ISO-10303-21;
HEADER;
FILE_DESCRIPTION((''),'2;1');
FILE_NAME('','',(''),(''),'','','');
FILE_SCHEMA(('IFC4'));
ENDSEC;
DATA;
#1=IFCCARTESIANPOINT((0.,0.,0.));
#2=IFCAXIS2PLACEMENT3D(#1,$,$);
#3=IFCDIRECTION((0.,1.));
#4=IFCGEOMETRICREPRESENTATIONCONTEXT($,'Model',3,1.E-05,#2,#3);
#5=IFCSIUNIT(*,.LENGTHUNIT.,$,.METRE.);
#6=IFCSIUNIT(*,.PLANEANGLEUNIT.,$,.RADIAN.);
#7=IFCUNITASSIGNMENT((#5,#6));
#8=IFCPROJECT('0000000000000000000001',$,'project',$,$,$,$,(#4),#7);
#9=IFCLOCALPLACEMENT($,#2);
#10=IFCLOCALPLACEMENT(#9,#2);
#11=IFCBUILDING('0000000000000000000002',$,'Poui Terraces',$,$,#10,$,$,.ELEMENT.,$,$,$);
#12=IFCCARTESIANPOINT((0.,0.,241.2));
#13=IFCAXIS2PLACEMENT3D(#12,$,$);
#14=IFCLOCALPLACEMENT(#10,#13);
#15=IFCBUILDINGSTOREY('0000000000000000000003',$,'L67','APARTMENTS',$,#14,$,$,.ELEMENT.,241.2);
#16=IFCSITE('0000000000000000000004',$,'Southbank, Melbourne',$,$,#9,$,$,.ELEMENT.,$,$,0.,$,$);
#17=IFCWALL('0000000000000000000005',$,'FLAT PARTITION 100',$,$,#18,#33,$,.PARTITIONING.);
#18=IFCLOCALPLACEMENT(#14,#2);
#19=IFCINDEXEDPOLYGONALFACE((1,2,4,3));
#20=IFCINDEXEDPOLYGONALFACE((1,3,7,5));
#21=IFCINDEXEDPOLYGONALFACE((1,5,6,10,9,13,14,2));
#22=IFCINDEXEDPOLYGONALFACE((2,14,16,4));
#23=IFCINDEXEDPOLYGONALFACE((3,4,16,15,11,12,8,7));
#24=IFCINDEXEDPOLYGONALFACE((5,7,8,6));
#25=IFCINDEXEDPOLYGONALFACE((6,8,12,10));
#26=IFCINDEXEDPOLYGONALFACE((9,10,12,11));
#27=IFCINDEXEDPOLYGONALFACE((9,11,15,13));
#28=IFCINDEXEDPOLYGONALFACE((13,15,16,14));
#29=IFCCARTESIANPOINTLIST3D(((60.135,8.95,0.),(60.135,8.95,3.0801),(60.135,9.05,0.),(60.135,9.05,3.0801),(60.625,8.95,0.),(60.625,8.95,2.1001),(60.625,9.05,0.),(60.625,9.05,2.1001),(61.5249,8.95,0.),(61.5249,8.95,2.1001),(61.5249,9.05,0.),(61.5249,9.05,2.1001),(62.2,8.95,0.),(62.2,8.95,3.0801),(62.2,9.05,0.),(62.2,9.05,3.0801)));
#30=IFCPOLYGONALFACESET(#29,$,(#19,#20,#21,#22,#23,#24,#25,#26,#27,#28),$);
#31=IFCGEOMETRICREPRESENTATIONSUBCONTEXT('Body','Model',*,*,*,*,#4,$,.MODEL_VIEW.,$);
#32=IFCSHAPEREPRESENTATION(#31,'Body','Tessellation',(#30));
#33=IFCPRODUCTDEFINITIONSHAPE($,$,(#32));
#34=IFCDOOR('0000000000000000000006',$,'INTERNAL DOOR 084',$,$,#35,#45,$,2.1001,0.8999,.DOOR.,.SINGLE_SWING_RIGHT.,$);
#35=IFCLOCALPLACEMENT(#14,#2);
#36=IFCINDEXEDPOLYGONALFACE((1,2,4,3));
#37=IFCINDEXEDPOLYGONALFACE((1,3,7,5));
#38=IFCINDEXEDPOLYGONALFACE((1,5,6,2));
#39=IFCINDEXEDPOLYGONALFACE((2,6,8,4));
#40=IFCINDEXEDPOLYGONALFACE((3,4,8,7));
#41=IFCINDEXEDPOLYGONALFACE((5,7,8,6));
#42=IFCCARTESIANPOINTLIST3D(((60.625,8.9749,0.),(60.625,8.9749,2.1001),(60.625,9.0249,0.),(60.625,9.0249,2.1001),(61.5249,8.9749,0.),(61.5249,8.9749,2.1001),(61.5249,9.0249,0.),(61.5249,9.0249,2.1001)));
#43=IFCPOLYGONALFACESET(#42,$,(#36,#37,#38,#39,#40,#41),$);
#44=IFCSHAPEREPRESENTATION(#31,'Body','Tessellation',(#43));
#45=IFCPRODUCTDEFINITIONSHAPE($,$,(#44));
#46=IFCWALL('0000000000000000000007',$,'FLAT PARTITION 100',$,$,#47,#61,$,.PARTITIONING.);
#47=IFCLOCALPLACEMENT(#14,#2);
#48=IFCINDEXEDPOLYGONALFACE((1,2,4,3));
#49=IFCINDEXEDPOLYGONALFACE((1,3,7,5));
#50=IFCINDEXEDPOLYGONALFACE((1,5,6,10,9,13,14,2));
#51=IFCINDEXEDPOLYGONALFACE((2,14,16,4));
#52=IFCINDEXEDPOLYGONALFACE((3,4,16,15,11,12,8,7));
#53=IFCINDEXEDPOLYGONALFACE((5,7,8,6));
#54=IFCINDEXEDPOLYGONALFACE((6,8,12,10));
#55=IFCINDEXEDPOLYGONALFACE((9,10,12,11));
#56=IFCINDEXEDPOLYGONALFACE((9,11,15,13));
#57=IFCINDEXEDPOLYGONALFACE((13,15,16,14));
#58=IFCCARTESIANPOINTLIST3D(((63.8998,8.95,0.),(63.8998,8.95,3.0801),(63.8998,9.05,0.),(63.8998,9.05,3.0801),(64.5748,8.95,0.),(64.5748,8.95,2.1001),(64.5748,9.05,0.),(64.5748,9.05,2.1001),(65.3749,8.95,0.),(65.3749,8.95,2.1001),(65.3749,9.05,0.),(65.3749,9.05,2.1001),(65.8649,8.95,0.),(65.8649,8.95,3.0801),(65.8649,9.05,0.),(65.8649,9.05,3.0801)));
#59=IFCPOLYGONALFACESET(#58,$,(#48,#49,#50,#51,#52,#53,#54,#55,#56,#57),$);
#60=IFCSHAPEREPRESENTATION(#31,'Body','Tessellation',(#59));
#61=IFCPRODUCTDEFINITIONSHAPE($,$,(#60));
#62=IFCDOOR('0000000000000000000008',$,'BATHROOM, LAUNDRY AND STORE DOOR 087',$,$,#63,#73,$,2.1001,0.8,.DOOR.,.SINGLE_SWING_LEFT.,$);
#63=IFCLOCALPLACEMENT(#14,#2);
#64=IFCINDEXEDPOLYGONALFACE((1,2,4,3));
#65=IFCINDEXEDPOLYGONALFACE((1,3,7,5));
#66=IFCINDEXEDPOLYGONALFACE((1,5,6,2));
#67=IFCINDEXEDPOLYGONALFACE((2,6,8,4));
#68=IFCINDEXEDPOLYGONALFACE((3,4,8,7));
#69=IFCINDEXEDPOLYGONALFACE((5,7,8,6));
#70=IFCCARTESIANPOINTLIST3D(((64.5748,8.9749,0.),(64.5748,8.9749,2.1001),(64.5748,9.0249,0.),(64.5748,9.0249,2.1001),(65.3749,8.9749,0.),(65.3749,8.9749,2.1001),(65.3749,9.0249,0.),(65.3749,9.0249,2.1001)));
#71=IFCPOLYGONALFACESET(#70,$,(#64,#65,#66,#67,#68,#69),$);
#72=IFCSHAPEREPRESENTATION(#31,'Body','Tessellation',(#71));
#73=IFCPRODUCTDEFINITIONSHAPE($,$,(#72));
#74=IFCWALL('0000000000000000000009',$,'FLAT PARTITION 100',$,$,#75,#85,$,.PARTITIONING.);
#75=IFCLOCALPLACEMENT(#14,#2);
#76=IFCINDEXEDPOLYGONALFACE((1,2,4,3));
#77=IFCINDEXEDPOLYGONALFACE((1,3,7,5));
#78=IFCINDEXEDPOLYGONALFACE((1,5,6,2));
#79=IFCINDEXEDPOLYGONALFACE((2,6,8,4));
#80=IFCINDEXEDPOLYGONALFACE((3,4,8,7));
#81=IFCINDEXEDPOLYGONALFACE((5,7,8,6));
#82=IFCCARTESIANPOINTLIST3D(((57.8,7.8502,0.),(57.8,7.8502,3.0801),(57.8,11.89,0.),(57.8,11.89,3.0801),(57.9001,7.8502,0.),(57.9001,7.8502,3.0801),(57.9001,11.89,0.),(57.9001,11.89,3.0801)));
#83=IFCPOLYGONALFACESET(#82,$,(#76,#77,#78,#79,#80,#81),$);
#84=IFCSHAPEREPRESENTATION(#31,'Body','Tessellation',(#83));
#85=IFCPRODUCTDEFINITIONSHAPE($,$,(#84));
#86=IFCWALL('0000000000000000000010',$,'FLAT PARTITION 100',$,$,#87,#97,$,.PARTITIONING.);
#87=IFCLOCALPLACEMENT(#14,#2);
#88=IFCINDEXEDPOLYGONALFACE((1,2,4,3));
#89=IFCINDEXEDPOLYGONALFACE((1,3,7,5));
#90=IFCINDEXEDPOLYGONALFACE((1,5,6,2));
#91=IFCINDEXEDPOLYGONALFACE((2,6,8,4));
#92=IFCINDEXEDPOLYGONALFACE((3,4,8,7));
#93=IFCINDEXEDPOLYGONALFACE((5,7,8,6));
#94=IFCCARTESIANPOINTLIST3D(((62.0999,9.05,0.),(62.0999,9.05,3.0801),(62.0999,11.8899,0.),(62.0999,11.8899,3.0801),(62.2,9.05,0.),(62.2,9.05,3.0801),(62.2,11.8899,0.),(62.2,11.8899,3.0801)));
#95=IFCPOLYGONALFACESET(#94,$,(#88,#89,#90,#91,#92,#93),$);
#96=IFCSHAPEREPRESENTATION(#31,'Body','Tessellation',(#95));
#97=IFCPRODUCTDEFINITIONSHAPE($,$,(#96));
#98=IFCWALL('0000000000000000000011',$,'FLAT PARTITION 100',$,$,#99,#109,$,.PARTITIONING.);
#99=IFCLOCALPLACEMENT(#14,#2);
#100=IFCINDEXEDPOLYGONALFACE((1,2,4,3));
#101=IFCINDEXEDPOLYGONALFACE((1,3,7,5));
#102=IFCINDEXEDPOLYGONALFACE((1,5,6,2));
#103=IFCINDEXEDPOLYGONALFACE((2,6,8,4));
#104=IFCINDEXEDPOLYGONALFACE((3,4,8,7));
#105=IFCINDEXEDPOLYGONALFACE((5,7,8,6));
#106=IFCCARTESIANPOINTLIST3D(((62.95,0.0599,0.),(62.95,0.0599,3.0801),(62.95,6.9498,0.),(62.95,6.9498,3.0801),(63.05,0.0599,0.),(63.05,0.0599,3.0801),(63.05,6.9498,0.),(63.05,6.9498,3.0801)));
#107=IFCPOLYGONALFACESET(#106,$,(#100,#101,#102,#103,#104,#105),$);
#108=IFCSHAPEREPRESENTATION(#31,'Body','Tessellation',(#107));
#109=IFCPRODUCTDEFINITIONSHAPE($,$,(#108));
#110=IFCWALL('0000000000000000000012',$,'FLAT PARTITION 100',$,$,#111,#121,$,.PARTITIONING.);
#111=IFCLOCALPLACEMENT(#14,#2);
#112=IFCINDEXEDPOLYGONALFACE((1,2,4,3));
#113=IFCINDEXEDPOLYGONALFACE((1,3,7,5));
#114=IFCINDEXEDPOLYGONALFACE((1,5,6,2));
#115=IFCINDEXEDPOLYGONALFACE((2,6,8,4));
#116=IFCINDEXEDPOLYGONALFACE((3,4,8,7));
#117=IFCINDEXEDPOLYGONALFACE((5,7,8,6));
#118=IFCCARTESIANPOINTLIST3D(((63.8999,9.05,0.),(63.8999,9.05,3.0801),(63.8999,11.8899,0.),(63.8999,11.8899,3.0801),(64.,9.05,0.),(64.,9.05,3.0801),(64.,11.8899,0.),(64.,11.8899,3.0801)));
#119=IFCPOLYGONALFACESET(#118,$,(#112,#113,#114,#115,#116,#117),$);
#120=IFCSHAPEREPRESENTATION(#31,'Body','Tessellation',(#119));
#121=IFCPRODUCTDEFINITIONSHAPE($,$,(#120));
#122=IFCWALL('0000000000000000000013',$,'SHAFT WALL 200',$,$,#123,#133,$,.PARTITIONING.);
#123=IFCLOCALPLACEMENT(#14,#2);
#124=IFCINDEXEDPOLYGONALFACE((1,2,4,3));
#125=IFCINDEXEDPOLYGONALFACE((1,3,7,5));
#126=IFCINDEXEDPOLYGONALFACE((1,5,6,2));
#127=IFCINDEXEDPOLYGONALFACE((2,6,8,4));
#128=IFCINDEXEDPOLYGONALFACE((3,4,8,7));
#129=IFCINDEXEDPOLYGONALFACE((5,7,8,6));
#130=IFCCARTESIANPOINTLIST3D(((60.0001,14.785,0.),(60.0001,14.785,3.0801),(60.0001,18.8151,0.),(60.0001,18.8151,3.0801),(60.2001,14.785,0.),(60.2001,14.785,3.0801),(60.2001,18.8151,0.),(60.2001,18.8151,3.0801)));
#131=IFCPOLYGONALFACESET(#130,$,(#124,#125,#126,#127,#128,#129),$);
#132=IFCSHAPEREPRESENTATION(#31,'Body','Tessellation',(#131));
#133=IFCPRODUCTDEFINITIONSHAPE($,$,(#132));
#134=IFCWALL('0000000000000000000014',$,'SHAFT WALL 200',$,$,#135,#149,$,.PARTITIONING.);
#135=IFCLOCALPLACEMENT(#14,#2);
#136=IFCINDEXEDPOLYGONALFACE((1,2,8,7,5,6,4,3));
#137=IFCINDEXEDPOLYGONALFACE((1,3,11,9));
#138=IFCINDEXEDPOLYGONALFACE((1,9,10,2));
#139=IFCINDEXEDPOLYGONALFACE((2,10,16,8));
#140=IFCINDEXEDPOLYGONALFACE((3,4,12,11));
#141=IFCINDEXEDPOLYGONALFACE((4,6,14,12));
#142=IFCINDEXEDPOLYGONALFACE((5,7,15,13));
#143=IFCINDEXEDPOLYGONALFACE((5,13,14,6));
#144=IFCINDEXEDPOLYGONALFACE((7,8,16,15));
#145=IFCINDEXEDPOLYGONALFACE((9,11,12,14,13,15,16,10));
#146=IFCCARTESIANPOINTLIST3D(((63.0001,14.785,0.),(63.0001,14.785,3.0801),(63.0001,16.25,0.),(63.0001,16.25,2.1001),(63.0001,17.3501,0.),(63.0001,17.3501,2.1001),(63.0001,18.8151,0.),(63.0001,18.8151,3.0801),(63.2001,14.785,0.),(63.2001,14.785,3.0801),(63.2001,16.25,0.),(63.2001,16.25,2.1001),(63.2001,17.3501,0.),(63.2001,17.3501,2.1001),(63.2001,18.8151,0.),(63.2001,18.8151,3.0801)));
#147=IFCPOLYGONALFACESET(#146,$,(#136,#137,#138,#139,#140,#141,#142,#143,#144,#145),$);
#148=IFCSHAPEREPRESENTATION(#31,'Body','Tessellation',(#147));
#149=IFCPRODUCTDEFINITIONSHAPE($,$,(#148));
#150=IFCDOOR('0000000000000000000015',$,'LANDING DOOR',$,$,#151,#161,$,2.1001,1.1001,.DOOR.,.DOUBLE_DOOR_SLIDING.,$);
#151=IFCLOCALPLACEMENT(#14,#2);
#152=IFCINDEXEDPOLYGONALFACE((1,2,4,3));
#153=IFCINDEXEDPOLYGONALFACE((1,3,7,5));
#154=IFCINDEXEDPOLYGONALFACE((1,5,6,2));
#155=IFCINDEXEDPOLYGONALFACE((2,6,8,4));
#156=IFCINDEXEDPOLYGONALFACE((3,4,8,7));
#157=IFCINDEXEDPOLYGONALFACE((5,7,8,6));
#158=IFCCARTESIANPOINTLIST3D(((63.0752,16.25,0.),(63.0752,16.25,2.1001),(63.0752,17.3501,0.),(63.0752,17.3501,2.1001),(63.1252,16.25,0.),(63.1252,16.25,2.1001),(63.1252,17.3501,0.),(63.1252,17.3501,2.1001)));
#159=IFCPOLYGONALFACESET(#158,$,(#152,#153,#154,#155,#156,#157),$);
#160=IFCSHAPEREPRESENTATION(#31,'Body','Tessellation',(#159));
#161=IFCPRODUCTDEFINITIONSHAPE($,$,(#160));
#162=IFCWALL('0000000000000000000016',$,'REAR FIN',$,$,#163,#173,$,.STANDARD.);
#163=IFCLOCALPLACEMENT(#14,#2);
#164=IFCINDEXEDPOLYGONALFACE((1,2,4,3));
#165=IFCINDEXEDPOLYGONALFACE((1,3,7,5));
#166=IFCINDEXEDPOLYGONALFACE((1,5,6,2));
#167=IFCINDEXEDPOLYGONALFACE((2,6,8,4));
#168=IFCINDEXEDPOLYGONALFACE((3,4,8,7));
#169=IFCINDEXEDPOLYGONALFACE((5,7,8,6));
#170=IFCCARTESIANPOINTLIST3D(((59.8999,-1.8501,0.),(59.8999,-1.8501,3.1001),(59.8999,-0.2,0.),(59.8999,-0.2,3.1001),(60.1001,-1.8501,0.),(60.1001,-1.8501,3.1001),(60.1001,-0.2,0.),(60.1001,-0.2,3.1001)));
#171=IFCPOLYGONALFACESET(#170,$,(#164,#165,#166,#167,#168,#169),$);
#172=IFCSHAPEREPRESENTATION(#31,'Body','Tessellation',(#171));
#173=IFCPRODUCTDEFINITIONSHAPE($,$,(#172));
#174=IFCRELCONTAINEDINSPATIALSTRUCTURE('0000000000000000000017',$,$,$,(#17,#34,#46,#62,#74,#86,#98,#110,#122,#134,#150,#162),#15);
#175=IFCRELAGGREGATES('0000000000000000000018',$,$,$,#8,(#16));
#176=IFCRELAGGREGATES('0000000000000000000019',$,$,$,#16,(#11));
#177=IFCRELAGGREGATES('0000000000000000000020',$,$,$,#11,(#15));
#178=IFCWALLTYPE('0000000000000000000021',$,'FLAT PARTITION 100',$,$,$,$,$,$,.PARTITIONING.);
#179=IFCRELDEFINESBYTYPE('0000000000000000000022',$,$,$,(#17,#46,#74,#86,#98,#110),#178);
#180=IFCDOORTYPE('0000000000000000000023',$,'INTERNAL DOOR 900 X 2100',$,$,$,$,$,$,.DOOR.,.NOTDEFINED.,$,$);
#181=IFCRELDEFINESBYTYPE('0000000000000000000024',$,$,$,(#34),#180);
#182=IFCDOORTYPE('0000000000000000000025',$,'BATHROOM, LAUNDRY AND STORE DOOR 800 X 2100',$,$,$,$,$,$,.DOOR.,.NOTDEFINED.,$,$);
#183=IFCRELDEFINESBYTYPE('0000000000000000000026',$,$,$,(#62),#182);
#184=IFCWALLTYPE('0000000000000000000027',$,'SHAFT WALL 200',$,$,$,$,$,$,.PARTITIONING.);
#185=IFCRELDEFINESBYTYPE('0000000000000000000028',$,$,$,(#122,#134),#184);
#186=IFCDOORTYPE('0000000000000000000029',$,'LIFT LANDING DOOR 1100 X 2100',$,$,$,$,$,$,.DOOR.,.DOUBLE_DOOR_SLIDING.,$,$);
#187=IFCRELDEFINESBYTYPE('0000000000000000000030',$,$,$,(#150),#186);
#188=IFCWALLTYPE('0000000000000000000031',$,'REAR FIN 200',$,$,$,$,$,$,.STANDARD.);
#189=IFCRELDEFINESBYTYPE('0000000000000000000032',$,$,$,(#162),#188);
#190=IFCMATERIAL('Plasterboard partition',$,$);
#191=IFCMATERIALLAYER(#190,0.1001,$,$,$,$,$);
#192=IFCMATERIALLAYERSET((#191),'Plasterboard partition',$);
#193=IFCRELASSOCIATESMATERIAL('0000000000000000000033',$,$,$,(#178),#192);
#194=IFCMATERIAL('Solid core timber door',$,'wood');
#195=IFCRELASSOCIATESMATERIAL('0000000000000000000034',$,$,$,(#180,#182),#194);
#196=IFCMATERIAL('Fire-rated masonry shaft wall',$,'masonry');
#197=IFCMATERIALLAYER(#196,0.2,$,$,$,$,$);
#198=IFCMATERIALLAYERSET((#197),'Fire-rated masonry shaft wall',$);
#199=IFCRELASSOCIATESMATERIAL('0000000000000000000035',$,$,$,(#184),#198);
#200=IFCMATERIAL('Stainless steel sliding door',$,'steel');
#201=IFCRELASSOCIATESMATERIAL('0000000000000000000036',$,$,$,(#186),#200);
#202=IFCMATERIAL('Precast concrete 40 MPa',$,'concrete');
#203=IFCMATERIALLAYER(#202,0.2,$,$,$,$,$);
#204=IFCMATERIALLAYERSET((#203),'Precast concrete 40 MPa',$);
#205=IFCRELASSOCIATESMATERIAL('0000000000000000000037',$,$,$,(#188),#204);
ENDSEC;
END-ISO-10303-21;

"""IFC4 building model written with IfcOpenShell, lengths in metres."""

from ifc_helpers import new_model, si_unit, direction, frame, frame_2d, origin, place, context, subcontext, project, spatial, polyline, rectangle, outline, extrude, source, transform, mapped, material, layer, layer_set, type_object, element, fill, save


model = new_model("IFC4")

# Units and contexts
model_context = context("Model", 3, precision=1e-05, world=origin(), true_north=direction((0.0, 1.0)))
body_context = subcontext(model_context, "Body", "Model", "MODEL_VIEW")
ifc_project = project(units=[si_unit("LENGTHUNIT", "METRE"), si_unit("PLANEANGLEUNIT", "RADIAN")], contexts=[model_context])

# Site, building, storey
site_placement = place(None, origin())
site = spatial("IfcSite", under=ifc_project, at=site_placement, Name="Southbank, Melbourne", CompositionType="ELEMENT", RefElevation=0.0)
building_placement = place(site_placement, origin())
building = spatial("IfcBuilding", under=site, at=building_placement, Name="Poui Terraces", CompositionType="ELEMENT")
storey_placement = place(building_placement, frame((0.0, 0.0, 241.2)))
storey = spatial("IfcBuildingStorey", under=building, at=storey_placement, Name="L67", Description="APARTMENTS", CompositionType="ELEMENT", Elevation=241.2)

# Shared definitions
ifc_material_1 = material(Name="Precast concrete 40 MPa", Category="concrete")

# Walls, openings, doors
ifc_material_2 = material(Name="Plasterboard partition")
ifc_layer_1 = layer(ifc_material_2, 0.1001)
ifc_layer_set_1 = layer_set([ifc_layer_1], Name="Plasterboard partition")
wall_type_1 = type_object("IfcWallType", Name="FLAT PARTITION 100", PredefinedType="PARTITIONING", material=ifc_layer_set_1)
ifc_material_3 = material(Name="Solid core timber door", Category="wood")
door_type_1 = type_object("IfcDoorType", Name="INTERNAL DOOR 900 X 2100", OperationType="NOTDEFINED", PredefinedType="DOOR", material=ifc_material_3)
wall_1_placement = place(storey_placement, frame((60.135, 9.0, 0.0), z_axis=(0.0, 0.0, 1.0), x_axis=(1.0, 0.0, 0.0)))
wall_1 = element("IfcWall", 1, at=wall_1_placement, inside=storey, type_object=wall_type_1, Name="FLAT PARTITION 100", PredefinedType="PARTITIONING", context=body_context, shape_type="SweptSolid", body=[
    extrude(rectangle(XDim=2.0649, YDim=0.1001, at=frame_2d((1.0325, 0.0))), origin(), (0.0, 0.0, 1.0), 3.0801),
])
opening_1_placement = place(wall_1_placement, frame((0.49, 0.0, 0.0)))
opening_1 = element("IfcOpeningElement", 2, at=opening_1_placement, cuts=wall_1, PredefinedType="OPENING", context=body_context, shape_type="SweptSolid", body=[
    extrude(rectangle(XDim=0.8999, YDim=2.1001, at=frame_2d((0.45, 1.05))), frame((0.0, 0.0601, 0.0), z_axis=(0.0, -1.0, 0.0), x_axis=(1.0, 0.0, 0.0)), (0.0, 0.0, 1.0), 0.1201),
])
door_1_placement = place(opening_1_placement, origin())
door_1 = element("IfcDoor", 3, at=door_1_placement, inside=storey, type_object=door_type_1, Name="INTERNAL DOOR 084", OperationType="SINGLE_SWING_RIGHT", OverallHeight=2.1001, OverallWidth=0.8999, PredefinedType="DOOR", context=body_context, shape_type="SweptSolid", body=[
    extrude(rectangle(XDim=0.8999, YDim=2.1001, at=frame_2d((0.45, 1.05))), frame((0.0, 0.0249, 0.0), z_axis=(0.0, -1.0, 0.0), x_axis=(1.0, 0.0, 0.0)), (0.0, 0.0, 1.0), 0.05),
])
fill(opening_1, door_1)
wall_2_placement = place(storey_placement, frame((63.8999, 9.0, 0.0), z_axis=(0.0, 0.0, 1.0), x_axis=(1.0, 0.0, 0.0)))
wall_2 = element("IfcWall", 4, at=wall_2_placement, inside=storey, type_object=wall_type_1, Name="FLAT PARTITION 100", PredefinedType="PARTITIONING", context=body_context, shape_type="SweptSolid", body=[
    extrude(rectangle(XDim=1.9651, YDim=0.1001, at=frame_2d((0.9824, 0.0))), origin(), (0.0, 0.0, 1.0), 3.0801),
])
opening_2_placement = place(wall_2_placement, frame((0.675, 0.0, 0.0)))
opening_2 = element("IfcOpeningElement", 5, at=opening_2_placement, cuts=wall_2, PredefinedType="OPENING", context=body_context, shape_type="SweptSolid", body=[
    extrude(rectangle(XDim=0.8, YDim=2.1001, at=frame_2d((0.3999, 1.05))), frame((0.0, 0.0601, 0.0), z_axis=(0.0, -1.0, 0.0), x_axis=(1.0, 0.0, 0.0)), (0.0, 0.0, 1.0), 0.1201),
])
door_type_2 = type_object("IfcDoorType", Name="BATHROOM, LAUNDRY AND STORE DOOR 800 X 2100", OperationType="NOTDEFINED", PredefinedType="DOOR", material=ifc_material_3)
door_2_placement = place(opening_2_placement, origin())
door_2 = element("IfcDoor", 6, at=door_2_placement, inside=storey, type_object=door_type_2, Name="BATHROOM, LAUNDRY AND STORE DOOR 087", OperationType="SINGLE_SWING_LEFT", OverallHeight=2.1001, OverallWidth=0.8, PredefinedType="DOOR", context=body_context, shape_type="SweptSolid", body=[
    extrude(rectangle(XDim=0.8, YDim=2.1001, at=frame_2d((0.3999, 1.05))), frame((0.0, 0.0249, 0.0), z_axis=(0.0, -1.0, 0.0), x_axis=(1.0, 0.0, 0.0)), (0.0, 0.0, 1.0), 0.05),
])
fill(opening_2, door_2)

# Walls
wall_3_placement = place(storey_placement, frame((57.8501, 7.8501, 0.0), z_axis=(0.0, 0.0, 1.0), x_axis=(0.0, 1.0, 0.0)))
element("IfcWall", 7, at=wall_3_placement, inside=storey, type_object=wall_type_1, Name="FLAT PARTITION 100", PredefinedType="PARTITIONING", context=body_context, shape_type="SweptSolid", body=[
    extrude(rectangle(XDim=4.0398, YDim=0.1001, at=frame_2d((2.02, 0.0))), origin(), (0.0, 0.0, 1.0), 3.0801),
])
wall_4_placement = place(storey_placement, frame((62.1499, 9.05, 0.0), z_axis=(0.0, 0.0, 1.0), x_axis=(0.0, 1.0, 0.0)))
element("IfcWall", 8, at=wall_4_placement, inside=storey, type_object=wall_type_1, Name="FLAT PARTITION 100", PredefinedType="PARTITIONING", context=body_context, shape_type="SweptSolid", body=[
    extrude(rectangle(XDim=2.8398, YDim=0.1001, at=frame_2d((1.4199, 0.0))), origin(), (0.0, 0.0, 1.0), 3.0801),
])
wall_5_placement = place(storey_placement, frame((63.0, 0.0601, 0.0), z_axis=(0.0, 0.0, 1.0), x_axis=(0.0, 1.0, 0.0)))
element("IfcWall", 9, at=wall_5_placement, inside=storey, type_object=wall_type_1, Name="FLAT PARTITION 100", PredefinedType="PARTITIONING", context=body_context, shape_type="SweptSolid", body=[
    extrude(rectangle(XDim=6.8899, YDim=0.1001, at=frame_2d((3.4448, 0.0))), origin(), (0.0, 0.0, 1.0), 3.0801),
])
wall_6_placement = place(storey_placement, frame((63.95, 9.05, 0.0), z_axis=(0.0, 0.0, 1.0), x_axis=(0.0, 1.0, 0.0)))
element("IfcWall", 10, at=wall_6_placement, inside=storey, type_object=wall_type_1, Name="FLAT PARTITION 100", PredefinedType="PARTITIONING", context=body_context, shape_type="SweptSolid", body=[
    extrude(rectangle(XDim=2.8398, YDim=0.1001, at=frame_2d((1.4199, 0.0))), origin(), (0.0, 0.0, 1.0), 3.0801),
])
ifc_material_4 = material(Name="Fire-rated masonry shaft wall", Category="masonry")
ifc_layer_2 = layer(ifc_material_4, 0.2)
ifc_layer_set_2 = layer_set([ifc_layer_2], Name="Fire-rated masonry shaft wall")
wall_type_2 = type_object("IfcWallType", Name="SHAFT WALL 200", PredefinedType="PARTITIONING", material=ifc_layer_set_2)
wall_7_placement = place(storey_placement, frame((60.1001, 14.7849, 0.0), z_axis=(0.0, 0.0, 1.0), x_axis=(0.0, 1.0, 0.0)))
element("IfcWall", 11, at=wall_7_placement, inside=storey, type_object=wall_type_2, Name="SHAFT WALL 200", PredefinedType="PARTITIONING", context=body_context, shape_type="SweptSolid", body=[
    extrude(rectangle(XDim=4.03, YDim=0.2, at=frame_2d((2.0151, 0.0))), origin(), (0.0, 0.0, 1.0), 3.0801),
])

# Wall, opening, door
wall_8_placement = place(storey_placement, frame((63.1001, 14.7849, 0.0), z_axis=(0.0, 0.0, 1.0), x_axis=(0.0, 1.0, 0.0)))
wall_8 = element("IfcWall", 12, at=wall_8_placement, inside=storey, type_object=wall_type_2, Name="SHAFT WALL 200", PredefinedType="PARTITIONING", context=body_context, shape_type="SweptSolid", body=[
    extrude(rectangle(XDim=4.03, YDim=0.2, at=frame_2d((2.0151, 0.0))), origin(), (0.0, 0.0, 1.0), 3.0801),
])
opening_3_placement = place(wall_8_placement, frame((1.4651, 0.0, 0.0)))
opening_3 = element("IfcOpeningElement", 13, at=opening_3_placement, cuts=wall_8, PredefinedType="OPENING", context=body_context, shape_type="SweptSolid", body=[
    extrude(rectangle(XDim=1.1001, YDim=2.1001, at=frame_2d((0.55, 1.05))), frame((0.0, 0.1099, 0.0), z_axis=(0.0, -1.0, 0.0), x_axis=(1.0, 0.0, 0.0)), (0.0, 0.0, 1.0), 0.22),
])
ifc_material_5 = material(Name="Stainless steel sliding door", Category="steel")
door_type_3 = type_object("IfcDoorType", Name="LIFT LANDING DOOR 1100 X 2100", OperationType="DOUBLE_DOOR_SLIDING", PredefinedType="DOOR", material=ifc_material_5)
door_3_placement = place(opening_3_placement, origin())
door_3 = element("IfcDoor", 14, at=door_3_placement, inside=storey, type_object=door_type_3, Name="LANDING DOOR", OperationType="DOUBLE_DOOR_SLIDING", OverallHeight=2.1001, OverallWidth=1.1001, PredefinedType="DOOR", context=body_context, shape_type="SweptSolid", body=[
    extrude(rectangle(XDim=1.1001, YDim=2.1001, at=frame_2d((0.55, 1.05))), frame((0.0, 0.0249, 0.0), z_axis=(0.0, -1.0, 0.0), x_axis=(1.0, 0.0, 0.0)), (0.0, 0.0, 1.0), 0.05),
])
fill(opening_3, door_3)

# Wall
ifc_layer_3 = layer(ifc_material_1, 0.2)
ifc_layer_set_3 = layer_set([ifc_layer_3], Name="Precast concrete 40 MPa")
wall_type_3 = type_object("IfcWallType", Name="REAR FIN 200", PredefinedType="STANDARD", material=ifc_layer_set_3)
shared_shape_1 = source(origin(), body_context, "Body", "SweptSolid", [
    extrude(outline(polyline([(0.0, 0.0), (0.2002, 0.0), (0.2002, 1.6501), (0.0, 1.6501), (0.0, 0.0)])), origin(), (0.0, 0.0, 1.0), 3.1001),
])
for number, where, name in (
    (15, (59.8999, -1.8501, 0.0), "REAR FIN"),
):
    element("IfcWall", number, at=place(storey_placement, frame(where)), inside=storey, type_object=wall_type_3, Name=name, PredefinedType="STANDARD", context=body_context, shape_type="MappedRepresentation", body=[
        mapped(shared_shape_1, transform((0.0, 0.0, 0.0))),
    ])

save(model, "model.ifc")
